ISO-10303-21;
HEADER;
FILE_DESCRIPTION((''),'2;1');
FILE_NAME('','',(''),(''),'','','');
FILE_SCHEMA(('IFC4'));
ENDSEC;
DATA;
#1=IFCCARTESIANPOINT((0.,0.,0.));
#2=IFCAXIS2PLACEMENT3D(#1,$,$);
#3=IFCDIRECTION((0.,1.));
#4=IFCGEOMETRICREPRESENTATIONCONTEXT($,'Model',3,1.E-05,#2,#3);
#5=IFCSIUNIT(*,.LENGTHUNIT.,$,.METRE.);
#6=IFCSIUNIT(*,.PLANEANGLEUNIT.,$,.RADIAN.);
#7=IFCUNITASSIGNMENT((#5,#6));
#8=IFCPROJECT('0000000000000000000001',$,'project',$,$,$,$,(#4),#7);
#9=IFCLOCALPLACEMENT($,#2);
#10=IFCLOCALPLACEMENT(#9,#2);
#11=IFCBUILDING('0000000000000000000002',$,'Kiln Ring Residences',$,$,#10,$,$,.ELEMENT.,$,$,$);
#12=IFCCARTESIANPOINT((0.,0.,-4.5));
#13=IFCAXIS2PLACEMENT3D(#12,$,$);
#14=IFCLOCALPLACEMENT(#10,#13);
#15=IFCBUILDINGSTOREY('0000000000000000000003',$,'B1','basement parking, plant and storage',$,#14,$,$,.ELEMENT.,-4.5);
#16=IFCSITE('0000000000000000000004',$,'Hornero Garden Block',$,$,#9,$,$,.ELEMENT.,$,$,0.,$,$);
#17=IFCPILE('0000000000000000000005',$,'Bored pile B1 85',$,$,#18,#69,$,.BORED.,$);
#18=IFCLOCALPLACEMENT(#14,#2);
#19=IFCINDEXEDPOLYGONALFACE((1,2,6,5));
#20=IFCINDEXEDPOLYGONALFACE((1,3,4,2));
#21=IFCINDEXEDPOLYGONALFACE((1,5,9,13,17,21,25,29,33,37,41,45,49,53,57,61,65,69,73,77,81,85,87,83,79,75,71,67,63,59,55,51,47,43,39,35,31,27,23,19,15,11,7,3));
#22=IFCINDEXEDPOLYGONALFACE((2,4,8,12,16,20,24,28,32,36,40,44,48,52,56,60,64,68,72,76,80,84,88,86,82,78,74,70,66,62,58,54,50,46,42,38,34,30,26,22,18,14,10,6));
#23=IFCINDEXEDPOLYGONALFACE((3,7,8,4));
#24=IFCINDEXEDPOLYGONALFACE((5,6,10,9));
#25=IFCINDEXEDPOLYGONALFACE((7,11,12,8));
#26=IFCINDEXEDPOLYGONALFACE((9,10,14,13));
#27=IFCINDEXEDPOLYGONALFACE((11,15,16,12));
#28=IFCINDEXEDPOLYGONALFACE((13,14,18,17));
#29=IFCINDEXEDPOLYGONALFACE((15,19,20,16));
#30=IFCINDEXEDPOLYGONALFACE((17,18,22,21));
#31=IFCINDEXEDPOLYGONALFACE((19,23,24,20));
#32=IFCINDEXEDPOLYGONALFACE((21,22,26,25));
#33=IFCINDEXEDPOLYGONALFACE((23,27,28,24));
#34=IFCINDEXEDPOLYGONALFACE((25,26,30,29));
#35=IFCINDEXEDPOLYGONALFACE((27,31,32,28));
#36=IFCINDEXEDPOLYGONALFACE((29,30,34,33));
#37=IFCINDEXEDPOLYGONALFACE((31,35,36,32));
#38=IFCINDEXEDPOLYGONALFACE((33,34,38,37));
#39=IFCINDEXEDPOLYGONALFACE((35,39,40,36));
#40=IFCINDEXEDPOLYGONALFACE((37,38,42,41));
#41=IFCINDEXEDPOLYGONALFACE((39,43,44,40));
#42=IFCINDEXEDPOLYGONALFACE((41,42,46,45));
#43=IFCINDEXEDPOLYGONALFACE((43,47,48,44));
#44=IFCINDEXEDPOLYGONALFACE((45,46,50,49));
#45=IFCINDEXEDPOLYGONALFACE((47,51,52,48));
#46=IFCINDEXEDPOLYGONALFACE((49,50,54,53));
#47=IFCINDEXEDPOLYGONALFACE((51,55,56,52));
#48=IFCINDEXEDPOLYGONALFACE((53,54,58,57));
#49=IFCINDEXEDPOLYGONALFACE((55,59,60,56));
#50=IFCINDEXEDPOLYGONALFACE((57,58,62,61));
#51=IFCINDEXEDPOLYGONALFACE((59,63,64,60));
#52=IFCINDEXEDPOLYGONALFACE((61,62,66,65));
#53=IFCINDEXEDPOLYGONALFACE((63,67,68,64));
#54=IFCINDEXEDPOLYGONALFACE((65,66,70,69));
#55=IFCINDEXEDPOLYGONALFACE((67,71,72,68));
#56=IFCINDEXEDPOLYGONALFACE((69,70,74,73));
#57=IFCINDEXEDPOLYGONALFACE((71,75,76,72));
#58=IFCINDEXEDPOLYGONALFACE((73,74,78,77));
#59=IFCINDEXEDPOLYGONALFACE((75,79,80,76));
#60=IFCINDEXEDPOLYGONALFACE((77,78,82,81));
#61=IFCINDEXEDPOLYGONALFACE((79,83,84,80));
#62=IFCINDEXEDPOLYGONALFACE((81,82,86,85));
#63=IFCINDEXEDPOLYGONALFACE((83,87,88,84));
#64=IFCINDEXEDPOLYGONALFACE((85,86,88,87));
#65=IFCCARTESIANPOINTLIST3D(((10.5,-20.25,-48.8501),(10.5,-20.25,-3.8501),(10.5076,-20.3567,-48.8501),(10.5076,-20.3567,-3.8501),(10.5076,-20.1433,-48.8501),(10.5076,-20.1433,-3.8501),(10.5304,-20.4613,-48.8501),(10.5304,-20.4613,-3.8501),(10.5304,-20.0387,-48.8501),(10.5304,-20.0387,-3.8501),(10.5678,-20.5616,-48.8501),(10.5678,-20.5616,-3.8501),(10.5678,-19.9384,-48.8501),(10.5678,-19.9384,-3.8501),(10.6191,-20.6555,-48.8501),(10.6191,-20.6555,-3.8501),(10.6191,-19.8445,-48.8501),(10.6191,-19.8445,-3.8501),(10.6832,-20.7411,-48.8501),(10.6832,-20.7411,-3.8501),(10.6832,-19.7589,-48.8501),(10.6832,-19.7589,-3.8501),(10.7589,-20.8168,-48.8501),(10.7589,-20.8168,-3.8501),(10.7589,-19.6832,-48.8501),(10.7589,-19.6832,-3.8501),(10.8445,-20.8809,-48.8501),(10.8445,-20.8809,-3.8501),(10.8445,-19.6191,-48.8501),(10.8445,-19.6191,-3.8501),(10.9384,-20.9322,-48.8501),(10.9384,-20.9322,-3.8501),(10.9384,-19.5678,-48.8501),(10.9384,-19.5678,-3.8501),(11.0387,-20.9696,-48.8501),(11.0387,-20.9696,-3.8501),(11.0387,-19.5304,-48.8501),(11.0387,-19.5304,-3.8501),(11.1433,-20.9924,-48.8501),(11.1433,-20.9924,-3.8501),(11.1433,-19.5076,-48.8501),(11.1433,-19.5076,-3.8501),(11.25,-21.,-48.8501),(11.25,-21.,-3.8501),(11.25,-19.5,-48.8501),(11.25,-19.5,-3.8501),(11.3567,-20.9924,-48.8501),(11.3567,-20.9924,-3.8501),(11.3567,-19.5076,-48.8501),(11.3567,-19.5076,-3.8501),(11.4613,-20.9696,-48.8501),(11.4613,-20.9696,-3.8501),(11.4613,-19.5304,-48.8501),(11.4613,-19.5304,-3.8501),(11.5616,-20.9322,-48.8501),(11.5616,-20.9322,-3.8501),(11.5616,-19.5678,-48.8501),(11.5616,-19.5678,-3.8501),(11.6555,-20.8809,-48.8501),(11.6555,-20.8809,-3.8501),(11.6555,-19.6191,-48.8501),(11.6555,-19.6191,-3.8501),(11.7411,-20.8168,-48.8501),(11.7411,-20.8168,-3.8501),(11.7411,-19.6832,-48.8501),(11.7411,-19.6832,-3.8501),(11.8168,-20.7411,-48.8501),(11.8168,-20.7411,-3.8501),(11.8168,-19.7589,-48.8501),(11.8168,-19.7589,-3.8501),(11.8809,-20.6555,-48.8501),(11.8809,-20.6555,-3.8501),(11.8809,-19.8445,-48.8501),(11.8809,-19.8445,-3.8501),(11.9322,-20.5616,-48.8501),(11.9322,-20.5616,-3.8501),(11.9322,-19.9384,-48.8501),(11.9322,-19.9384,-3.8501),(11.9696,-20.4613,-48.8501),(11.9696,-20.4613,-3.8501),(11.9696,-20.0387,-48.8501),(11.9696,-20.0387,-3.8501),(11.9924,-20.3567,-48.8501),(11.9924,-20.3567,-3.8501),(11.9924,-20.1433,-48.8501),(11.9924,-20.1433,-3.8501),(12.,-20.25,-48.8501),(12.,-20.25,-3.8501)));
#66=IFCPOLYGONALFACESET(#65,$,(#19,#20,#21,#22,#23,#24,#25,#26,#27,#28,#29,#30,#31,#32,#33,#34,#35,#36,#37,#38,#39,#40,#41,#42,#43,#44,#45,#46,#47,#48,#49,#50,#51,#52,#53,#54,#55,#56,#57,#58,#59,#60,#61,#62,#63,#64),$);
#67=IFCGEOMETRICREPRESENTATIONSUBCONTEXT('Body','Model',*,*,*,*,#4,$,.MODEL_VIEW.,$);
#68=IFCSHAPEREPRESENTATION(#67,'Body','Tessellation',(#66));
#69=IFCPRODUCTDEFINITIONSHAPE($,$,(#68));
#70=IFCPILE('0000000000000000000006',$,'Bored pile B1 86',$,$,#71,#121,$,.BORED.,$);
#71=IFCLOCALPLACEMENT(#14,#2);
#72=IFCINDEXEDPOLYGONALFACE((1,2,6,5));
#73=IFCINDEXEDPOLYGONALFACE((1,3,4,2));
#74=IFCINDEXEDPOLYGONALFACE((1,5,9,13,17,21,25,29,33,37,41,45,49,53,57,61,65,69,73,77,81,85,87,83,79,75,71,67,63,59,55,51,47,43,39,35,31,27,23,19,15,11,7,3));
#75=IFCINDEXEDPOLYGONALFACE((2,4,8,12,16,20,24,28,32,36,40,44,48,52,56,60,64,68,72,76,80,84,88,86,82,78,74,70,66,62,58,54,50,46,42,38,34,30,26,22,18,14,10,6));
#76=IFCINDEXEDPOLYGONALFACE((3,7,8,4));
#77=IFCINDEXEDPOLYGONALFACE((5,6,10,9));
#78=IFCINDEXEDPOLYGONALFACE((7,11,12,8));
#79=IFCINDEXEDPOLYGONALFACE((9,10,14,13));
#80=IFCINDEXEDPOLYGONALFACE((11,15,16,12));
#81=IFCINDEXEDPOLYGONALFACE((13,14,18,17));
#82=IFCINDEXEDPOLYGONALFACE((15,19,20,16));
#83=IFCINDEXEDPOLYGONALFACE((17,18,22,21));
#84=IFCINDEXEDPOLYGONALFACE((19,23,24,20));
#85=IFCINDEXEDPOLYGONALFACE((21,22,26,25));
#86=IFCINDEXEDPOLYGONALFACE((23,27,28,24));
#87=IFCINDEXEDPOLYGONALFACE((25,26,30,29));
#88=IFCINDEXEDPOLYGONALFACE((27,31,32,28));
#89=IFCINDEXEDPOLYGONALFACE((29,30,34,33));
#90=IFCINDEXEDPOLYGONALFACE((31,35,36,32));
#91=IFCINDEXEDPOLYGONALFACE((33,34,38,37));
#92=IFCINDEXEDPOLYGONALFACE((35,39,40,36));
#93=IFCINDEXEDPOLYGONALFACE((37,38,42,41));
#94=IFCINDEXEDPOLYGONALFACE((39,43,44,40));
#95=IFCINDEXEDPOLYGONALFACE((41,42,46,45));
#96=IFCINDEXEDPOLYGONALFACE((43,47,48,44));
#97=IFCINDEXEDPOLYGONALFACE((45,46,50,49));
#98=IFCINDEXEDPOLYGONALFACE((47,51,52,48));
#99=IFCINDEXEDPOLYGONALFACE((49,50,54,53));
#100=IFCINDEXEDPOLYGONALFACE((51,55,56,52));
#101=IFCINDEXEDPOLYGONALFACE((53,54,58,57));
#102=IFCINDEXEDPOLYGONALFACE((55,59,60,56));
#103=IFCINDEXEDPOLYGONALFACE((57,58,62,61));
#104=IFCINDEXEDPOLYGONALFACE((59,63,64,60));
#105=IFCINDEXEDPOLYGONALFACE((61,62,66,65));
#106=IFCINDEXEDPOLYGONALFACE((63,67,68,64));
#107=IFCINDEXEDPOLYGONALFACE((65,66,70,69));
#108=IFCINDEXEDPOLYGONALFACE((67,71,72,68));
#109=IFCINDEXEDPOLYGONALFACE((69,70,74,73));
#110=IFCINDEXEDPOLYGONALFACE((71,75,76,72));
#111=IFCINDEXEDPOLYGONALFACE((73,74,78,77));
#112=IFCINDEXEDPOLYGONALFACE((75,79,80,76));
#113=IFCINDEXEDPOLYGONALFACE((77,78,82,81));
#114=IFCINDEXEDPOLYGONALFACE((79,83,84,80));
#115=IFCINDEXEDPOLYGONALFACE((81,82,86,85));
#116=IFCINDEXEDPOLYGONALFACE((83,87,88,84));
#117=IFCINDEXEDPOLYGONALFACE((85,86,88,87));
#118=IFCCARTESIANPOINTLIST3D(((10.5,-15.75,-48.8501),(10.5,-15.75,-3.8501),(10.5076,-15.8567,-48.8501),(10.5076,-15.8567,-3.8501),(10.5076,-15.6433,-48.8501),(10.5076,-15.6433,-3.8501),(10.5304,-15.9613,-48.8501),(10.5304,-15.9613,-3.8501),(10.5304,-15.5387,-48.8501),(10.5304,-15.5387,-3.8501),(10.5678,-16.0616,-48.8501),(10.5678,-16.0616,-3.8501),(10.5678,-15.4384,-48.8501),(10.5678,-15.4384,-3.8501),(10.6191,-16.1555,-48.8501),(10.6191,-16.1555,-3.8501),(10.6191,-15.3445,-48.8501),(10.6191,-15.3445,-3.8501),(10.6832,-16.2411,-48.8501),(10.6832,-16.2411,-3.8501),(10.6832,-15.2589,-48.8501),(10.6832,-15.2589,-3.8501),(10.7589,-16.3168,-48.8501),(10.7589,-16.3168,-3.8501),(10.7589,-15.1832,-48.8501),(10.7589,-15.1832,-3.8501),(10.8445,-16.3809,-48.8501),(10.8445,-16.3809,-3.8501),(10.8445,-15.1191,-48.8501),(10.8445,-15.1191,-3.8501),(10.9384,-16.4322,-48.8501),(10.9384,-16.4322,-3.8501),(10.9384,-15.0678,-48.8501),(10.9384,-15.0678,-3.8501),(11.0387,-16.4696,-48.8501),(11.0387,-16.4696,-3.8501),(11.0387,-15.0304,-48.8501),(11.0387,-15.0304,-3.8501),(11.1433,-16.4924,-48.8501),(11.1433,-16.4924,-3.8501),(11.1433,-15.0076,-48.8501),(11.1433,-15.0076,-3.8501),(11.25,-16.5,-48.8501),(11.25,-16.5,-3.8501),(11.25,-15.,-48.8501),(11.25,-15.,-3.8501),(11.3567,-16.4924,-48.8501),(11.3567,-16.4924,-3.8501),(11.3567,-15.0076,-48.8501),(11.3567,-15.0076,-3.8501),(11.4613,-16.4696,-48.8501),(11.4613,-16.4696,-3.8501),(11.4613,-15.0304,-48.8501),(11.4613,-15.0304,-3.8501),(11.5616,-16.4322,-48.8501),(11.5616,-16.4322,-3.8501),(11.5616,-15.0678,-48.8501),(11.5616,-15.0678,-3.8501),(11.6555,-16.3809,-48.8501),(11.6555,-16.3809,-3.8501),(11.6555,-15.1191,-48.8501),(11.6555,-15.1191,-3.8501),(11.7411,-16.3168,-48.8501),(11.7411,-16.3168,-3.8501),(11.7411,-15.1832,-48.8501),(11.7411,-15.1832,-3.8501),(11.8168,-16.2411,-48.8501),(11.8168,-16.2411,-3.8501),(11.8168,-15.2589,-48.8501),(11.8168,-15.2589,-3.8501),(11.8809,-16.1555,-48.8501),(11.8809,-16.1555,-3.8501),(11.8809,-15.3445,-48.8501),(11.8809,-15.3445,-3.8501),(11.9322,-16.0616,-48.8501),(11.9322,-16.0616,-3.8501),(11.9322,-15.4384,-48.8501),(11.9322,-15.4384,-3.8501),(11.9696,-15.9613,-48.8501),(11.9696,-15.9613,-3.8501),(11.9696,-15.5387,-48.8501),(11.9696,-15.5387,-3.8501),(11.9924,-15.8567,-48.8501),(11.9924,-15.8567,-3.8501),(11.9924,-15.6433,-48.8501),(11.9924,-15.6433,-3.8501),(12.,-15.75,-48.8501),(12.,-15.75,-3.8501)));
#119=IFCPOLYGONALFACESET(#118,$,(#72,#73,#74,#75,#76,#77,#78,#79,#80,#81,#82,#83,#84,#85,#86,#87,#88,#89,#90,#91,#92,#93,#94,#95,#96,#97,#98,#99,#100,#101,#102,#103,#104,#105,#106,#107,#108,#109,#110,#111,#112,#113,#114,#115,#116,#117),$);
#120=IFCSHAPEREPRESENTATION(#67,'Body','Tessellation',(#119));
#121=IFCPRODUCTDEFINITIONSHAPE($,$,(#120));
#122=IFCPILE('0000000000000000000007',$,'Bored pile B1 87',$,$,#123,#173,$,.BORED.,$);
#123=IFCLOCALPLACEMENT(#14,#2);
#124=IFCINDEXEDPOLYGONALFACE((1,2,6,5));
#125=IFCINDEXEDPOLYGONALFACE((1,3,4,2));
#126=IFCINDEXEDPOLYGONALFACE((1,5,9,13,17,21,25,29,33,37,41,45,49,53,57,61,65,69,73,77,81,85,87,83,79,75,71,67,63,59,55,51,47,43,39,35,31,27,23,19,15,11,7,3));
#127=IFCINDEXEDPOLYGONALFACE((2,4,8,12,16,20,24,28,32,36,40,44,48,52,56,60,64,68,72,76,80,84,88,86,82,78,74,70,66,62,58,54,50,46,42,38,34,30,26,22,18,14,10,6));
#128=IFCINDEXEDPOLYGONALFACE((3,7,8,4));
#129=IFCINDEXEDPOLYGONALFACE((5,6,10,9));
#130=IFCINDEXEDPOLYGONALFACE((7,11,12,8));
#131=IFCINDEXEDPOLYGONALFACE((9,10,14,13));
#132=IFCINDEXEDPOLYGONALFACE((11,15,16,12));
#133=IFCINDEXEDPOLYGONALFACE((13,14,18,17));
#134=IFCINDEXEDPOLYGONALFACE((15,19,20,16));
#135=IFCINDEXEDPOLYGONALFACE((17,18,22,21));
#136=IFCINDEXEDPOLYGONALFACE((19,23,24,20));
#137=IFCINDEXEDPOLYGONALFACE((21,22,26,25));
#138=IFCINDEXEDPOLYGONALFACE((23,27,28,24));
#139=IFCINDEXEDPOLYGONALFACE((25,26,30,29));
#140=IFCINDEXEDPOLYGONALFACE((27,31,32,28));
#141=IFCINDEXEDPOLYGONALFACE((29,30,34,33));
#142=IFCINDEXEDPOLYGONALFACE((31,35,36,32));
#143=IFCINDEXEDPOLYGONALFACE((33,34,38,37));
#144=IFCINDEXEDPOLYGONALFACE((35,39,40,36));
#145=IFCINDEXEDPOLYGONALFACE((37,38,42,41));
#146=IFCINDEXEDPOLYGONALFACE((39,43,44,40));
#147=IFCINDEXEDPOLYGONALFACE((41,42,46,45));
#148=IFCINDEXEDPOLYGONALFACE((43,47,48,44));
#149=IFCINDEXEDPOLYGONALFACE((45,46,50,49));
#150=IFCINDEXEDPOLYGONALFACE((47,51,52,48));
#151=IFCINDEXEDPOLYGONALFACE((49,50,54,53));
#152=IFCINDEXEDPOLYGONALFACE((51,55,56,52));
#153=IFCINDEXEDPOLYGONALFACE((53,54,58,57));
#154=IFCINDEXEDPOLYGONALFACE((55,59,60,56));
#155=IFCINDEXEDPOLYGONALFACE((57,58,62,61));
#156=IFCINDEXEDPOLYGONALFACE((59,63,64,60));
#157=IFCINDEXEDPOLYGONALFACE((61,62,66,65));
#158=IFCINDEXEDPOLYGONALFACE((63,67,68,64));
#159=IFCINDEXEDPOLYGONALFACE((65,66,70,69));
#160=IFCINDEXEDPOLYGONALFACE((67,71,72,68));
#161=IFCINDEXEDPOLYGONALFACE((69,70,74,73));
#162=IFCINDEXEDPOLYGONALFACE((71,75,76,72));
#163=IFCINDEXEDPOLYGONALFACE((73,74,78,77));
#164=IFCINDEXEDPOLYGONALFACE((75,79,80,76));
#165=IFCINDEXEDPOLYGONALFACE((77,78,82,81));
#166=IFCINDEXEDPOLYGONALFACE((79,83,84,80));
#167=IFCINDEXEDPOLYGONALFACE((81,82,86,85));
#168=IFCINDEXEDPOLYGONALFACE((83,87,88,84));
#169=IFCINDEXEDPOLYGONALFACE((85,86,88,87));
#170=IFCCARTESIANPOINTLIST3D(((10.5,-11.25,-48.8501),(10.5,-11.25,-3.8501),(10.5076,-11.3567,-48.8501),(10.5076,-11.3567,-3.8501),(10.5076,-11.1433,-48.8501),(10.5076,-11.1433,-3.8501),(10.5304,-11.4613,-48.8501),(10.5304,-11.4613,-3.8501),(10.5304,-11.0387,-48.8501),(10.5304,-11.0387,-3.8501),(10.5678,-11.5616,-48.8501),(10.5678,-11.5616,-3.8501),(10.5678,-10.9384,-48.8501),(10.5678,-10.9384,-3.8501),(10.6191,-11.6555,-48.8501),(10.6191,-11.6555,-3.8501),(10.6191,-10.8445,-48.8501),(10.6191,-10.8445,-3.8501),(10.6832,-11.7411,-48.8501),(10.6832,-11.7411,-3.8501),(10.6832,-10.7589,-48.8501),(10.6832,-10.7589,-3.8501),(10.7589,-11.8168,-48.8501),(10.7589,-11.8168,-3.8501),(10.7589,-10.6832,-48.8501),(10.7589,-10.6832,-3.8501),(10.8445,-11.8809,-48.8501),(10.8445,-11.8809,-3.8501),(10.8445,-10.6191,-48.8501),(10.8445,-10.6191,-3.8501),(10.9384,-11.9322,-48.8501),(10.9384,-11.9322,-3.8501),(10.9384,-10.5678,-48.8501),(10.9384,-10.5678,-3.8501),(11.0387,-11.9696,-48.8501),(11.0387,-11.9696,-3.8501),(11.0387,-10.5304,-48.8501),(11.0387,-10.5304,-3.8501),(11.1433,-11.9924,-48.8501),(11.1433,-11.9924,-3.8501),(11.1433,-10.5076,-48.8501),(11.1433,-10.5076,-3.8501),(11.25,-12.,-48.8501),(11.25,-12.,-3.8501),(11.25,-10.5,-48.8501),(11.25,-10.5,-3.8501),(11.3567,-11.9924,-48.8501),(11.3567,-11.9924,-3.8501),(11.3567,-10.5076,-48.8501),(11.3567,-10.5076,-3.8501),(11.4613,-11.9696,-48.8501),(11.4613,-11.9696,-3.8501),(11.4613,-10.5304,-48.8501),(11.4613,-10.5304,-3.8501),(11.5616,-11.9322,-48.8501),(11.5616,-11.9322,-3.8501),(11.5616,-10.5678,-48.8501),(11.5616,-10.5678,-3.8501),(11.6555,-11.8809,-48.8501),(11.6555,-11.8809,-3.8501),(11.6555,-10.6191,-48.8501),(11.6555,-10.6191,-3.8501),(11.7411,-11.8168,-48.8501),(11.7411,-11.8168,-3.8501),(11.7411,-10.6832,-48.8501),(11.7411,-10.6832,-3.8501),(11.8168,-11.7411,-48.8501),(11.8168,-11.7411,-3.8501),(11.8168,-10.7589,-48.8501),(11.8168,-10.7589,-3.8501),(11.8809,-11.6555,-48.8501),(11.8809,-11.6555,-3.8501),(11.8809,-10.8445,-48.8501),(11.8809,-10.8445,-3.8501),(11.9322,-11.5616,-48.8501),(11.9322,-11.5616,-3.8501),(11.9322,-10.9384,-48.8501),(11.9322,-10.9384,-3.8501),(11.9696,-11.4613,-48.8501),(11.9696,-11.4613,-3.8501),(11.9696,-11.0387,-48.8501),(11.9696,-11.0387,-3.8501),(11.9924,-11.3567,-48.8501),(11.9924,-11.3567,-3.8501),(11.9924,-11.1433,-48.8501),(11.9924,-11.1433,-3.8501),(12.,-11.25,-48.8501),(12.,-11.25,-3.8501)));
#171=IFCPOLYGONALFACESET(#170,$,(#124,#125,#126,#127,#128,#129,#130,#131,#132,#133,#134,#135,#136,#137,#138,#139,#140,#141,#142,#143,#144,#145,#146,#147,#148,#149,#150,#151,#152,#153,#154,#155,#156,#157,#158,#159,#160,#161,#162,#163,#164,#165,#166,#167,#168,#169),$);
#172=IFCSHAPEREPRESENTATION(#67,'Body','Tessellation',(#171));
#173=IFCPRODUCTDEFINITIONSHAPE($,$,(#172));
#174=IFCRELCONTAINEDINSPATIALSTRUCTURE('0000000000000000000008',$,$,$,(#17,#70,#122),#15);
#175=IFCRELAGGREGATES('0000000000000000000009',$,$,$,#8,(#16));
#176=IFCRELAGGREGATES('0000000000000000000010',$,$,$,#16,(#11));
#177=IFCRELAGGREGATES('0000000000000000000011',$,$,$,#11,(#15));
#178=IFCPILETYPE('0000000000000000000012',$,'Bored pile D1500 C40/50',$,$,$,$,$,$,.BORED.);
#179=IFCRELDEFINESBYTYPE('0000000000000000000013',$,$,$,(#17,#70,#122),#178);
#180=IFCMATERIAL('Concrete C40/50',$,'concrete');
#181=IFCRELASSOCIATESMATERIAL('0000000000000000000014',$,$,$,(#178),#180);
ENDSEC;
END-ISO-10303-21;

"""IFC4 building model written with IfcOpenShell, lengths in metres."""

from ifc_helpers import new_model, si_unit, direction, frame, origin, origin_2d, place, context, subcontext, project, spatial, circle, extrude, material, material_profile, profile_set, type_object, element, save


model = new_model("IFC4")

# Units and contexts
model_context = context("Model", 3, precision=1e-05, world=origin(), true_north=direction((0.0, 1.0)))
body_context = subcontext(model_context, "Body", "Model", "MODEL_VIEW")
ifc_project = project(units=[si_unit("LENGTHUNIT", "METRE"), si_unit("PLANEANGLEUNIT", "RADIAN")], contexts=[model_context])

# Site, building, storey
site_placement = place(None, origin())
site = spatial("IfcSite", under=ifc_project, at=site_placement, Name="Hornero Garden Block", CompositionType="ELEMENT", RefElevation=0.0)
building_placement = place(site_placement, origin())
building = spatial("IfcBuilding", under=site, at=building_placement, Name="Kiln Ring Residences", CompositionType="ELEMENT")
storey_placement = place(building_placement, frame((0.0, 0.0, -4.5)))
storey = spatial("IfcBuildingStorey", under=building, at=storey_placement, Name="B1", Description="basement parking, plant and storage", CompositionType="ELEMENT", Elevation=-4.5)

# Piles
ifc_material_1 = material(Name="Concrete C40/50", Category="concrete")
ifc_material_profile = material_profile(ifc_material_1, circle(Radius=0.75, at=origin_2d()), Name="BORED1500")
ifc_profile_set = profile_set([ifc_material_profile], Name="Concrete C40/50")
pile_type = type_object("IfcPileType", Name="Bored pile D1500 C40/50", PredefinedType="BORED", material=ifc_profile_set)
for number, where, z_axis, x_axis, name in (
    (1, (11.25, -20.25, -3.8501), (0.0, 0.0, -1.0), (1.0, 0.0, 0.0), "Bored pile B1 85"),
    (2, (11.25, -15.75, -3.8501), (0.0, 0.0, -1.0), (1.0, 0.0, 0.0), "Bored pile B1 86"),
    (3, (11.25, -11.25, -3.8501), (0.0, 0.0, -1.0), (1.0, 0.0, 0.0), "Bored pile B1 87"),
):
    element("IfcPile", number, at=place(storey_placement, frame(where, z_axis=z_axis, x_axis=x_axis)), inside=storey, type_object=pile_type, Name=name, PredefinedType="BORED", context=body_context, shape_type="SweptSolid", body=[
        extrude(circle(Radius=0.75, at=origin_2d()), origin(), (0.0, 0.0, 1.0), 45.0),
    ])

save(model, "model.ifc")
